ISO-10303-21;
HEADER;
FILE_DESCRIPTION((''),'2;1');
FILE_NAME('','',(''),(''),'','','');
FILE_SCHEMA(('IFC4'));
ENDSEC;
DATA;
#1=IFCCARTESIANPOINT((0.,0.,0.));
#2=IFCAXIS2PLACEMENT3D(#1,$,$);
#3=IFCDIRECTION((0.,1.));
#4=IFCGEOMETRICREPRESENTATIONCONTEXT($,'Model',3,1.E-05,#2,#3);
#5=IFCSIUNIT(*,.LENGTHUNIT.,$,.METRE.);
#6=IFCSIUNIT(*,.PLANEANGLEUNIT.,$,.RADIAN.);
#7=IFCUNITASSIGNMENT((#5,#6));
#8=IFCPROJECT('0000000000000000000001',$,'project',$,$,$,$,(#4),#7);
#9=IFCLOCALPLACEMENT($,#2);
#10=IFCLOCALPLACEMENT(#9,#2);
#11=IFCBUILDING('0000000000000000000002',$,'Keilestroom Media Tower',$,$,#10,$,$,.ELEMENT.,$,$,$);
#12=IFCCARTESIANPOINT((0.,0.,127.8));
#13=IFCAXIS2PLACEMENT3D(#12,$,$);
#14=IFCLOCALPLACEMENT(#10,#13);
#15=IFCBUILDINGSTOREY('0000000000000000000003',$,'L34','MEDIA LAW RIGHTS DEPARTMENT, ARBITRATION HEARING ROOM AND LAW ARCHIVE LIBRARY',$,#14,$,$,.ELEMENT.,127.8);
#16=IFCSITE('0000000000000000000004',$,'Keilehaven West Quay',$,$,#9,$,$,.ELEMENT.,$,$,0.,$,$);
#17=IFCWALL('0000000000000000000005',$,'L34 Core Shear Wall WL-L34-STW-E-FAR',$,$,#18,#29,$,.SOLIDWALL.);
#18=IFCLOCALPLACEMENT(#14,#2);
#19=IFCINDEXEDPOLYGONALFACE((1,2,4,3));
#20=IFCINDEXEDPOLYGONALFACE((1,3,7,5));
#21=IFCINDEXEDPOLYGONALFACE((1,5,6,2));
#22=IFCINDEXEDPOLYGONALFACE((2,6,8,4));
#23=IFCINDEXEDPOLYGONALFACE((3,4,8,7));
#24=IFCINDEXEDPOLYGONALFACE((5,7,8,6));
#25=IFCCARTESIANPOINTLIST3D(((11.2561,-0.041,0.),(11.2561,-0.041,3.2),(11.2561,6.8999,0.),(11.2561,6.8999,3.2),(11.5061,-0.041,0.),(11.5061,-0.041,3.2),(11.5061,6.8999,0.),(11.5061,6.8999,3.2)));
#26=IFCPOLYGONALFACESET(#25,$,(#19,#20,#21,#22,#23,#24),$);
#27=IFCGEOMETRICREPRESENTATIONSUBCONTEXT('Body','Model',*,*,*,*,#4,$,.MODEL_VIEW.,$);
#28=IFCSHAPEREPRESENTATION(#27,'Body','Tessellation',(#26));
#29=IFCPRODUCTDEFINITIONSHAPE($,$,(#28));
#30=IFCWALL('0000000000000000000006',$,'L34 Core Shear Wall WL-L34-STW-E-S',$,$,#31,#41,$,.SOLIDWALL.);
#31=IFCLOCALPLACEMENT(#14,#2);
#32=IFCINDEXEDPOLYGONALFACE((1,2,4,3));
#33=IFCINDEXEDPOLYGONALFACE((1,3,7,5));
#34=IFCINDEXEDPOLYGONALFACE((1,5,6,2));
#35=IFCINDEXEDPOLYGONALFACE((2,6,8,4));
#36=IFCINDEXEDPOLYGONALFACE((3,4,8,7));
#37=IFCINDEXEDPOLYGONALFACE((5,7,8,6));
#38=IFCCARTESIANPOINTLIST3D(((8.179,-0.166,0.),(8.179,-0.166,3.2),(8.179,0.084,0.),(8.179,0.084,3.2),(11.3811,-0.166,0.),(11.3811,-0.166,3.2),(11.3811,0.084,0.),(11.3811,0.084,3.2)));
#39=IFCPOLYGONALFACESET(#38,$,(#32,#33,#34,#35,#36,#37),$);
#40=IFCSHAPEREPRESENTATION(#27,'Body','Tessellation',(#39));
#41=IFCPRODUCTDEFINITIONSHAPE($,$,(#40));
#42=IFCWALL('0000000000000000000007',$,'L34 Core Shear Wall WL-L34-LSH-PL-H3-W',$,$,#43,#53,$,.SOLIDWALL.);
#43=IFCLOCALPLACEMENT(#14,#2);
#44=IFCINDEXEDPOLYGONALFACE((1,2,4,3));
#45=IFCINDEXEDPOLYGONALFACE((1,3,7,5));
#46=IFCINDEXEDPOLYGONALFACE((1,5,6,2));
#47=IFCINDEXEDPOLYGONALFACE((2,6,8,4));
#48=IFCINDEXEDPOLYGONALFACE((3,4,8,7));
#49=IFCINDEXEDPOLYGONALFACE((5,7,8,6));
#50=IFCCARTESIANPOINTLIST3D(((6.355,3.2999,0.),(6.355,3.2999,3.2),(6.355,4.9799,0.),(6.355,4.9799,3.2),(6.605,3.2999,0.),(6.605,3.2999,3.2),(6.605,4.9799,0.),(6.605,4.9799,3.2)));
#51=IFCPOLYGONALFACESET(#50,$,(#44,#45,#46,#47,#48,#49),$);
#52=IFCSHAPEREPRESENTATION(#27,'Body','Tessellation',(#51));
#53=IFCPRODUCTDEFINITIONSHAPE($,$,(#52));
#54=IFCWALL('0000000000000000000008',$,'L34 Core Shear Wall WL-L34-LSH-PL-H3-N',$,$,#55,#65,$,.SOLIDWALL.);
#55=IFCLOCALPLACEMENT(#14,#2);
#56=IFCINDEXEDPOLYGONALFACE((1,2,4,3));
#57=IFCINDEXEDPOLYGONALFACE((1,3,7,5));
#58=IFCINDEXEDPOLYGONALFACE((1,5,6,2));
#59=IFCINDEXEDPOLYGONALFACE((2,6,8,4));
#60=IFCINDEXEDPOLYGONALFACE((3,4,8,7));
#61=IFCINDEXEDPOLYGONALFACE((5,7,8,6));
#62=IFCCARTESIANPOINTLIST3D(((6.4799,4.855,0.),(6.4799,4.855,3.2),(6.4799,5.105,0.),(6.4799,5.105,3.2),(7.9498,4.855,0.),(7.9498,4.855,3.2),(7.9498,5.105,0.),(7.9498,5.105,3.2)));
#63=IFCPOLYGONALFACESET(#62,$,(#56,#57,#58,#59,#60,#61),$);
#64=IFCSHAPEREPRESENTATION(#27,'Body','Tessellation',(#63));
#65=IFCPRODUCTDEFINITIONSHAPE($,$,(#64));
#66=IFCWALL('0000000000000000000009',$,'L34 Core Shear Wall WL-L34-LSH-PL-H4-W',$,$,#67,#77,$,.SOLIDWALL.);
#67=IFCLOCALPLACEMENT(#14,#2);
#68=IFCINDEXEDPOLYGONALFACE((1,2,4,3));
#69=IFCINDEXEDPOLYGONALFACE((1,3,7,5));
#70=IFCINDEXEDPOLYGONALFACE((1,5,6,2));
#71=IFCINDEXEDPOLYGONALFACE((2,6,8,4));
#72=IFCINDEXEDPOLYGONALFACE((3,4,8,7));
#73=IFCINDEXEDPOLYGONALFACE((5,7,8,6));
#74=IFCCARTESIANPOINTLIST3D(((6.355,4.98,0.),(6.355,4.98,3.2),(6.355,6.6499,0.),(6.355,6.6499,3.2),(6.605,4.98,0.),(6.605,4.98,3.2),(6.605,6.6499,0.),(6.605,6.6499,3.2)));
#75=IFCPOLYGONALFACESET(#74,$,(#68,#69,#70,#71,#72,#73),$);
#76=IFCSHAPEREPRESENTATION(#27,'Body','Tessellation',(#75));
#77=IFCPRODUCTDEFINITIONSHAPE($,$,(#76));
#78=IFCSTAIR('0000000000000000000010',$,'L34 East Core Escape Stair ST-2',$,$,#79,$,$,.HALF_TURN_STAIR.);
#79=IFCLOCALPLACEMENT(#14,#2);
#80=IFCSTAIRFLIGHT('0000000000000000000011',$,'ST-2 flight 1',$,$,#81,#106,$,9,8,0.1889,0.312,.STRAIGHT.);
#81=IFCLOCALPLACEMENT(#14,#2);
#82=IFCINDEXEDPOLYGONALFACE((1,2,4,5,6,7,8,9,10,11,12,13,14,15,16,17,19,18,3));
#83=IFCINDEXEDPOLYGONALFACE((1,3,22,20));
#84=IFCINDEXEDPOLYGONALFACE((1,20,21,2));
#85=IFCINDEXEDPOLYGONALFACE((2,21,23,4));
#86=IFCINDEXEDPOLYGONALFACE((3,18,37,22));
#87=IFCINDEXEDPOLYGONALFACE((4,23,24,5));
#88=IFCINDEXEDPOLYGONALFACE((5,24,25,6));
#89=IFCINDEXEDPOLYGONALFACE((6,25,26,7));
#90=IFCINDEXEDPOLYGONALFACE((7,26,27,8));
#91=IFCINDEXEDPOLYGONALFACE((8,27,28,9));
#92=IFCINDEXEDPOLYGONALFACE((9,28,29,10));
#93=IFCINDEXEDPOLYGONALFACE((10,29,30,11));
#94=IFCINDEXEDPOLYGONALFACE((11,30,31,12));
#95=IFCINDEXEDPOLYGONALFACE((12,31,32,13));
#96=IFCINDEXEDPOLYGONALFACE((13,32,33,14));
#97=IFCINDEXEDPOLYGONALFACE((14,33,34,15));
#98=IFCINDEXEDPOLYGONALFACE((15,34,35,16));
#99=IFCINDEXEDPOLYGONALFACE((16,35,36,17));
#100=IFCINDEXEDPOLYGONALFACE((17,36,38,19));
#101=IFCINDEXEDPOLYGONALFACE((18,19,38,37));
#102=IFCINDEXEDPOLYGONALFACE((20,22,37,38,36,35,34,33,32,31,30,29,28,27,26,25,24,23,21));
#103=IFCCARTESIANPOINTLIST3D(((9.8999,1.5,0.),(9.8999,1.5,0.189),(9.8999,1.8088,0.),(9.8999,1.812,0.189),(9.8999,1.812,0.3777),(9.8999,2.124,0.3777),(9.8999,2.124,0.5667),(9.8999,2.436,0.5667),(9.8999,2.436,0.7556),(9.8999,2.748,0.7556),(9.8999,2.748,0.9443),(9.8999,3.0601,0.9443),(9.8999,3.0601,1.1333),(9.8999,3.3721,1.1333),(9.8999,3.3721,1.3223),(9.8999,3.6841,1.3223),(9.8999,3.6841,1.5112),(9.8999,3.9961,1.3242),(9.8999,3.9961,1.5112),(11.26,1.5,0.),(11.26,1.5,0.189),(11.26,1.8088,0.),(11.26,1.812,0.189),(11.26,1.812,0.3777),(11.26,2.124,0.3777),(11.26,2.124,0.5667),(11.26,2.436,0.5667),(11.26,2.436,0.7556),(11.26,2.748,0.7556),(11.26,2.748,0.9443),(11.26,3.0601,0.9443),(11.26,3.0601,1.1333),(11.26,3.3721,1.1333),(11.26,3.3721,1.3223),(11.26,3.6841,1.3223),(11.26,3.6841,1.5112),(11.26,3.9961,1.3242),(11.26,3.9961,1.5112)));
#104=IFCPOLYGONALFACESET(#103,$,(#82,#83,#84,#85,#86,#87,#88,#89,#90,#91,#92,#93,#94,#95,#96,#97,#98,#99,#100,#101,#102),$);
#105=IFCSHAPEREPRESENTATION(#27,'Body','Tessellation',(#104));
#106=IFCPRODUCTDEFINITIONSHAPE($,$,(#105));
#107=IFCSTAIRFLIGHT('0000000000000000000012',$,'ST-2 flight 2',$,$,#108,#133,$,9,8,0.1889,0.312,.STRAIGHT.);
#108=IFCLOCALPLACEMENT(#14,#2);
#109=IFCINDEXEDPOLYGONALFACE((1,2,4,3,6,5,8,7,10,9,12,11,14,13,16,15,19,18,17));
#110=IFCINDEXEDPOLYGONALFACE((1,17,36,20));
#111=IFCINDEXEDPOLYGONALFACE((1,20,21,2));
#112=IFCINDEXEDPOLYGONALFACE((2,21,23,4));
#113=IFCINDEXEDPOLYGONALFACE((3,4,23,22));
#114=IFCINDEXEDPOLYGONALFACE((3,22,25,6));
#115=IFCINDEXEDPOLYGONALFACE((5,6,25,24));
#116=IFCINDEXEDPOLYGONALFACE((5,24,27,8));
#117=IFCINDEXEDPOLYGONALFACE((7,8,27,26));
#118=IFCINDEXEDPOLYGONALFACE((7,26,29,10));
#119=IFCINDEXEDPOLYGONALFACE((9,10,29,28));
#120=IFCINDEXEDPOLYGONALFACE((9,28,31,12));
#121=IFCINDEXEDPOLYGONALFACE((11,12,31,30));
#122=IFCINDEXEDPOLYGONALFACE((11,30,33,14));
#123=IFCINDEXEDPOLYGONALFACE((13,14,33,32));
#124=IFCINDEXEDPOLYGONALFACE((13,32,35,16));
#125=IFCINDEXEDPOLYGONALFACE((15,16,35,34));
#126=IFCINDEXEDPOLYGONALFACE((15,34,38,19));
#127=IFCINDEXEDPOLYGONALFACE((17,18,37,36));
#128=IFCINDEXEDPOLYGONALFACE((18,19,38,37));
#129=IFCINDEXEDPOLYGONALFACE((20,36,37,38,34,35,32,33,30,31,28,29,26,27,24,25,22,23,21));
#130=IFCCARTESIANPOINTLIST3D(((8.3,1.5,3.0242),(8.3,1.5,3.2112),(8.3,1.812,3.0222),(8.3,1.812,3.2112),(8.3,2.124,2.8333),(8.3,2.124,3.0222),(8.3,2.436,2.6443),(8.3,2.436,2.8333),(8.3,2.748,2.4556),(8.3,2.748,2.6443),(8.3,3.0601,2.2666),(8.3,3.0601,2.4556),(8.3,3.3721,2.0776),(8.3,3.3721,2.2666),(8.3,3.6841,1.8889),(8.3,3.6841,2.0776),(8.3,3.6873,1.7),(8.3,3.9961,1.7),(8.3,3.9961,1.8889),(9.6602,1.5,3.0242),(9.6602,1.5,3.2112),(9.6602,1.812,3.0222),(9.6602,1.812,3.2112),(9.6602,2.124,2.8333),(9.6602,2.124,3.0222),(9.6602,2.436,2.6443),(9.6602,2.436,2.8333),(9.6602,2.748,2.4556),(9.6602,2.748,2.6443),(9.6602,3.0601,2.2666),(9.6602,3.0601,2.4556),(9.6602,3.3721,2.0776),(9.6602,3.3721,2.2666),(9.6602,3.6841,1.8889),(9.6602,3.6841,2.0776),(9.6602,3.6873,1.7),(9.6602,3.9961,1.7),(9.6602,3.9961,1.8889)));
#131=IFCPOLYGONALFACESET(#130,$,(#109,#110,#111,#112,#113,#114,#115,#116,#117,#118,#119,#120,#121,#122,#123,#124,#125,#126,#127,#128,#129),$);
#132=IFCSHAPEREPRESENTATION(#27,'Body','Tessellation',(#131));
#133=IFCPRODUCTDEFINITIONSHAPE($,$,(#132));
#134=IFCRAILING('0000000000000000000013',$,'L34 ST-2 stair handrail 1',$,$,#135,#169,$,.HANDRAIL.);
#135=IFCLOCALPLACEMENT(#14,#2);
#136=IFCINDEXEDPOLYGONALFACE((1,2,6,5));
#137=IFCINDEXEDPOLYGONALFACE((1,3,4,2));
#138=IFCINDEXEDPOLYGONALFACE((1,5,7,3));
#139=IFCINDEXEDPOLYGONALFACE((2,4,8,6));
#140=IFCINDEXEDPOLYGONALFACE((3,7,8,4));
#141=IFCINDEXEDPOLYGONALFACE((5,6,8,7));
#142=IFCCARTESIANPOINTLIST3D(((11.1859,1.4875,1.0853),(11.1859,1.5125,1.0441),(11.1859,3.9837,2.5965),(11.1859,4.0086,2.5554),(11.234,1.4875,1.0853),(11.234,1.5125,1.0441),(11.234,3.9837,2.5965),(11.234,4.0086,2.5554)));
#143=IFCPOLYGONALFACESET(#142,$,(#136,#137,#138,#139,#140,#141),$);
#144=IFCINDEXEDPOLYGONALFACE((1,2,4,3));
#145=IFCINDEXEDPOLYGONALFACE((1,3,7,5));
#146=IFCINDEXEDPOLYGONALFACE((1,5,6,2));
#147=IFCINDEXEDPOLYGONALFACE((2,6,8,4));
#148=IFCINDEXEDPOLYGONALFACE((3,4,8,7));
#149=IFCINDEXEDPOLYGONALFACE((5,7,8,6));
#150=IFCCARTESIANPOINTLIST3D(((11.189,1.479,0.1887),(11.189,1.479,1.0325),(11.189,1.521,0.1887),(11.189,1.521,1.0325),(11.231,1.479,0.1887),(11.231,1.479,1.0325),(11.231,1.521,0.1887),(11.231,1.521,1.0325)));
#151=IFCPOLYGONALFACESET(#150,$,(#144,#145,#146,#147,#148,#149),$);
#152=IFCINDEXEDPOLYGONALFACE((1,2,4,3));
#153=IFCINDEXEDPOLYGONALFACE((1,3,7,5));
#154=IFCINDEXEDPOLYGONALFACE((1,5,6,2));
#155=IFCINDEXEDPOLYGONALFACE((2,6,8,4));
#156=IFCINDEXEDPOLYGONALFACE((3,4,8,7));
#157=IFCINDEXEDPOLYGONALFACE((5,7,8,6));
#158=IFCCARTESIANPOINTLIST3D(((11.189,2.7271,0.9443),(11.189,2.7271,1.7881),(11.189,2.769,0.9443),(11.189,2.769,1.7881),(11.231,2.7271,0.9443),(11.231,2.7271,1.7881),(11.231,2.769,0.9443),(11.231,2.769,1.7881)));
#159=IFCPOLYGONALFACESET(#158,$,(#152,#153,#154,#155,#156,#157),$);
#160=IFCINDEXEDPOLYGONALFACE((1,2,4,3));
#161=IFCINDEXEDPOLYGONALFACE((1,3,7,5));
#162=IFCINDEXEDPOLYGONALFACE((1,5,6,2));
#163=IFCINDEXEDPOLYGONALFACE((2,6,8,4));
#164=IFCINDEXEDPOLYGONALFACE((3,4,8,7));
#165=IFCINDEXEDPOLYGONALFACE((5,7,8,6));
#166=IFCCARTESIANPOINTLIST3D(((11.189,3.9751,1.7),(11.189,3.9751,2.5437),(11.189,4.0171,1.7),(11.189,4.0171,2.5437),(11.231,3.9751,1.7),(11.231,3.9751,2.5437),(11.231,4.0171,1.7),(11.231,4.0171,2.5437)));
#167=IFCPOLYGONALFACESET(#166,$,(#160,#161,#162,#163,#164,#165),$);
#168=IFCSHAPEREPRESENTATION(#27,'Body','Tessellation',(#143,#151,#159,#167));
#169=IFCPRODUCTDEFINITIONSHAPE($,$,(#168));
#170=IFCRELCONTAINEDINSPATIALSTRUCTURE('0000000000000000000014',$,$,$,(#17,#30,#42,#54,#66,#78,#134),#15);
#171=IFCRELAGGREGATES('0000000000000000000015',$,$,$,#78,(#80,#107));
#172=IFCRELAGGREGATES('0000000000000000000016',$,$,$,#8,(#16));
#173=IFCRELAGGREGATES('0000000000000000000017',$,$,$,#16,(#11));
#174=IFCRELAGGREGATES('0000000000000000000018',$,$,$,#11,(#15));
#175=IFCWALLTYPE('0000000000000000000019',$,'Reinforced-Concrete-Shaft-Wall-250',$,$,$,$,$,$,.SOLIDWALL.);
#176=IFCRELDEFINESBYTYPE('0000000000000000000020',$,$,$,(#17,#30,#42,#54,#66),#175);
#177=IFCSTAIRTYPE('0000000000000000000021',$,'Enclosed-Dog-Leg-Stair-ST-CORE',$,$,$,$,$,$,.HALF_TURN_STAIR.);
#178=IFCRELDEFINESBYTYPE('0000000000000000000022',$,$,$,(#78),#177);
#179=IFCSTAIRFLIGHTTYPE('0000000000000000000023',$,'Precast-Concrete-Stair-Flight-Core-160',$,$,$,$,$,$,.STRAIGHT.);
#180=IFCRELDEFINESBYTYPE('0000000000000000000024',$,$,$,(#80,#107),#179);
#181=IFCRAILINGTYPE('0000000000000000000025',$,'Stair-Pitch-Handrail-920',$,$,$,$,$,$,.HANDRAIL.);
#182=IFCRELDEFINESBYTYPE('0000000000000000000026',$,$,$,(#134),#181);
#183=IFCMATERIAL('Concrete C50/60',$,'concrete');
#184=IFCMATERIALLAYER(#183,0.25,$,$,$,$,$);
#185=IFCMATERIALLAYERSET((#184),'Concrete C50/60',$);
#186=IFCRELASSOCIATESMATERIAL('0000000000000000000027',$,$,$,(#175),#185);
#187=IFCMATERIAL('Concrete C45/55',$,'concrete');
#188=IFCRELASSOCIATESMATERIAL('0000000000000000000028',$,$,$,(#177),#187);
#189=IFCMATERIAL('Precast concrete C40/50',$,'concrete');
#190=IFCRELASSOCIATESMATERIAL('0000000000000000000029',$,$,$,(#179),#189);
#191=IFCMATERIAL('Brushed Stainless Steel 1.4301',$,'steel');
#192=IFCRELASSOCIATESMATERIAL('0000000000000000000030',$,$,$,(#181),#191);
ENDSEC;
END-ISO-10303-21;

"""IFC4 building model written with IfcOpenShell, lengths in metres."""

from ifc_helpers import new_model, si_unit, direction, frame, frame_2d, origin, origin_2d, place, context, subcontext, project, spatial, polyline, rectangle, outline, extrude, material, layer, layer_set, type_object, element, aggregate, save


model = new_model("IFC4")

# Units and contexts
model_context = context("Model", 3, precision=1e-05, world=origin(), true_north=direction((0.0, 1.0)))
body_context = subcontext(model_context, "Body", "Model", "MODEL_VIEW")
ifc_project = project(units=[si_unit("LENGTHUNIT", "METRE"), si_unit("PLANEANGLEUNIT", "RADIAN")], contexts=[model_context])

# Site, building, storey
site_placement = place(None, origin())
site = spatial("IfcSite", under=ifc_project, at=site_placement, Name="Keilehaven West Quay", CompositionType="ELEMENT", RefElevation=0.0)
building_placement = place(site_placement, origin())
building = spatial("IfcBuilding", under=site, at=building_placement, Name="Keilestroom Media Tower", CompositionType="ELEMENT")
storey_placement = place(building_placement, frame((0.0, 0.0, 127.8)))
storey = spatial("IfcBuildingStorey", under=building, at=storey_placement, Name="L34", Description="MEDIA LAW RIGHTS DEPARTMENT, ARBITRATION HEARING ROOM AND LAW ARCHIVE LIBRARY", CompositionType="ELEMENT", Elevation=127.8)

# Shared definitions
ifc_material_1 = material(Name="Concrete C50/60", Category="concrete")
ifc_layer_1 = layer(ifc_material_1, 0.25)
ifc_layer_set_1 = layer_set([ifc_layer_1], Name="Concrete C50/60")
wall_type_1 = type_object("IfcWallType", Name="Reinforced-Concrete-Shaft-Wall-250", PredefinedType="SOLIDWALL", material=ifc_layer_set_1)

# Walls
wall_1_placement = place(storey_placement, frame((11.3811, -0.041, 0.0), z_axis=(0.0, 0.0, 1.0), x_axis=(0.0, 1.0, 0.0)))
element("IfcWall", 1, at=wall_1_placement, inside=storey, type_object=wall_type_1, Name="L34 Core Shear Wall WL-L34-STW-E-FAR", PredefinedType="SOLIDWALL", context=body_context, shape_type="SweptSolid", body=[
    extrude(rectangle(XDim=6.9409, YDim=0.25, at=frame_2d((3.4705, 0.0))), origin(), (0.0, 0.0, 1.0), 3.2),
])
wall_2_placement = place(storey_placement, frame((8.179, -0.041, 0.0), z_axis=(0.0, 0.0, 1.0), x_axis=(1.0, 0.0, 0.0)))
element("IfcWall", 2, at=wall_2_placement, inside=storey, type_object=wall_type_1, Name="L34 Core Shear Wall WL-L34-STW-E-S", PredefinedType="SOLIDWALL", context=body_context, shape_type="SweptSolid", body=[
    extrude(rectangle(XDim=3.2021, YDim=0.25, at=frame_2d((1.6011, 0.0))), origin(), (0.0, 0.0, 1.0), 3.2),
])
wall_3_placement = place(storey_placement, frame((6.48, 3.3, 0.0), z_axis=(0.0, 0.0, 1.0), x_axis=(0.0, 1.0, 0.0)))
element("IfcWall", 3, at=wall_3_placement, inside=storey, type_object=wall_type_1, Name="L34 Core Shear Wall WL-L34-LSH-PL-H3-W", PredefinedType="SOLIDWALL", context=body_context, shape_type="SweptSolid", body=[
    extrude(rectangle(XDim=1.6799, YDim=0.25, at=frame_2d((0.8398, 0.0))), origin(), (0.0, 0.0, 1.0), 3.2),
])
wall_4_placement = place(storey_placement, frame((6.48, 4.98, 0.0), z_axis=(0.0, 0.0, 1.0), x_axis=(1.0, 0.0, 0.0)))
element("IfcWall", 4, at=wall_4_placement, inside=storey, type_object=wall_type_1, Name="L34 Core Shear Wall WL-L34-LSH-PL-H3-N", PredefinedType="SOLIDWALL", context=body_context, shape_type="SweptSolid", body=[
    extrude(rectangle(XDim=1.47, YDim=0.25, at=frame_2d((0.7349, 0.0))), origin(), (0.0, 0.0, 1.0), 3.2),
])
wall_5_placement = place(storey_placement, frame((6.48, 4.98, 0.0), z_axis=(0.0, 0.0, 1.0), x_axis=(0.0, 1.0, 0.0)))
element("IfcWall", 5, at=wall_5_placement, inside=storey, type_object=wall_type_1, Name="L34 Core Shear Wall WL-L34-LSH-PL-H4-W", PredefinedType="SOLIDWALL", context=body_context, shape_type="SweptSolid", body=[
    extrude(rectangle(XDim=1.6699, YDim=0.25, at=frame_2d((0.835, 0.0))), origin(), (0.0, 0.0, 1.0), 3.2),
])

# Stair, stair flights
ifc_material_2 = material(Name="Concrete C45/55", Category="concrete")
stair_type = type_object("IfcStairType", Name="Enclosed-Dog-Leg-Stair-ST-CORE", PredefinedType="HALF_TURN_STAIR", material=ifc_material_2)
stair_placement = place(storey_placement, origin())
stair = element("IfcStair", 6, at=stair_placement, inside=storey, type_object=stair_type, Name="L34 East Core Escape Stair ST-2", PredefinedType="HALF_TURN_STAIR")
ifc_material_3 = material(Name="Precast concrete C40/50", Category="concrete")
stair_flight_type = type_object("IfcStairFlightType", Name="Precast-Concrete-Stair-Flight-Core-160", PredefinedType="STRAIGHT", material=ifc_material_3)
stair_flight_1_placement = place(storey_placement, frame((10.5801, 1.5, 0.0), z_axis=(0.0, 0.0, 1.0), x_axis=(0.0, 1.0, 0.0)))
stair_flight_1 = element("IfcStairFlight", 7, at=stair_flight_1_placement, type_object=stair_flight_type, Name="ST-2 flight 1", NumberOfRisers=9, NumberOfTreads=8, PredefinedType="STRAIGHT", RiserHeight=0.1889, TreadLength=0.312, context=body_context, shape_type="SweptSolid", body=[
    extrude(outline(polyline([(0.0, 0.0), (0.0, 0.189), (0.312, 0.189), (0.312, 0.3777), (0.624, 0.3777), (0.624, 0.5667), (0.936, 0.5667), (0.936, 0.7556), (1.248, 0.7556), (1.248, 0.9443), (1.5601, 0.9443), (1.5601, 1.1333), (1.8721, 1.1333), (1.8721, 1.3223), (2.1841, 1.3223), (2.1841, 1.5112), (2.4961, 1.5112), (2.4961, 1.7), (2.4961, 1.3242), (0.3088, 0.0), (0.0, 0.0)])), frame((0.0, 0.6802, 0.0), z_axis=(0.0, -1.0, 0.0), x_axis=(1.0, 0.0, 0.0)), (0.0, 0.0, 1.0), 1.3601),
])
stair_flight_2_placement = place(storey_placement, frame((8.98, 3.9961, 1.7), z_axis=(0.0, 0.0, 1.0), x_axis=(0.0, -1.0, 0.0)))
stair_flight_2 = element("IfcStairFlight", 8, at=stair_flight_2_placement, type_object=stair_flight_type, Name="ST-2 flight 2", NumberOfRisers=9, NumberOfTreads=8, PredefinedType="STRAIGHT", RiserHeight=0.1889, TreadLength=0.312, context=body_context, shape_type="SweptSolid", body=[
    extrude(outline(polyline([(0.0, 0.0), (0.0, 0.189), (0.312, 0.189), (0.312, 0.3777), (0.624, 0.3777), (0.624, 0.5667), (0.936, 0.5667), (0.936, 0.7556), (1.248, 0.7556), (1.248, 0.9443), (1.5601, 0.9443), (1.5601, 1.1333), (1.8721, 1.1333), (1.8721, 1.3223), (2.1841, 1.3223), (2.1841, 1.5112), (2.4961, 1.5112), (2.4961, 1.7), (2.4961, 1.3242), (0.3088, 0.0), (0.0, 0.0)])), frame((0.0, 0.6802, 0.0), z_axis=(0.0, -1.0, 0.0), x_axis=(1.0, 0.0, 0.0)), (0.0, 0.0, 1.0), 1.3601),
])
aggregate(stair, [stair_flight_1, stair_flight_2])

# Railing
ifc_material_4 = material(Name="Brushed Stainless Steel 1.4301", Category="steel")
railing_type_1 = type_object("IfcRailingType", Name="Stair-Pitch-Handrail-920", PredefinedType="HANDRAIL", material=ifc_material_4)
railing_1_placement = place(storey_placement, frame((11.21, 1.5, 0.1887)))
element("IfcRailing", 9, at=railing_1_placement, inside=storey, type_object=railing_type_1, Name="L34 ST-2 stair handrail 1", PredefinedType="HANDRAIL", context=body_context, shape_type="SweptSolid", body=[
    extrude(rectangle(XDim=0.0481, YDim=0.0481, at=origin_2d()), frame((0.0, 0.0, 0.876), z_axis=(0.0, 0.855434, 0.517912), x_axis=(-1.0, 0.0, 0.0)), (0.0, 0.0, 1.0), 2.918),
    extrude(rectangle(XDim=0.042, YDim=0.042, at=origin_2d()), origin(), (0.0, 0.0, 1.0), 0.8438),
    extrude(rectangle(XDim=0.042, YDim=0.042, at=origin_2d()), frame((0.0, 1.248, 0.7556)), (0.0, 0.0, 1.0), 0.8438),
    extrude(rectangle(XDim=0.042, YDim=0.042, at=origin_2d()), frame((0.0, 2.4961, 1.5112)), (0.0, 0.0, 1.0), 0.8438),
])

save(model, "model.ifc")
